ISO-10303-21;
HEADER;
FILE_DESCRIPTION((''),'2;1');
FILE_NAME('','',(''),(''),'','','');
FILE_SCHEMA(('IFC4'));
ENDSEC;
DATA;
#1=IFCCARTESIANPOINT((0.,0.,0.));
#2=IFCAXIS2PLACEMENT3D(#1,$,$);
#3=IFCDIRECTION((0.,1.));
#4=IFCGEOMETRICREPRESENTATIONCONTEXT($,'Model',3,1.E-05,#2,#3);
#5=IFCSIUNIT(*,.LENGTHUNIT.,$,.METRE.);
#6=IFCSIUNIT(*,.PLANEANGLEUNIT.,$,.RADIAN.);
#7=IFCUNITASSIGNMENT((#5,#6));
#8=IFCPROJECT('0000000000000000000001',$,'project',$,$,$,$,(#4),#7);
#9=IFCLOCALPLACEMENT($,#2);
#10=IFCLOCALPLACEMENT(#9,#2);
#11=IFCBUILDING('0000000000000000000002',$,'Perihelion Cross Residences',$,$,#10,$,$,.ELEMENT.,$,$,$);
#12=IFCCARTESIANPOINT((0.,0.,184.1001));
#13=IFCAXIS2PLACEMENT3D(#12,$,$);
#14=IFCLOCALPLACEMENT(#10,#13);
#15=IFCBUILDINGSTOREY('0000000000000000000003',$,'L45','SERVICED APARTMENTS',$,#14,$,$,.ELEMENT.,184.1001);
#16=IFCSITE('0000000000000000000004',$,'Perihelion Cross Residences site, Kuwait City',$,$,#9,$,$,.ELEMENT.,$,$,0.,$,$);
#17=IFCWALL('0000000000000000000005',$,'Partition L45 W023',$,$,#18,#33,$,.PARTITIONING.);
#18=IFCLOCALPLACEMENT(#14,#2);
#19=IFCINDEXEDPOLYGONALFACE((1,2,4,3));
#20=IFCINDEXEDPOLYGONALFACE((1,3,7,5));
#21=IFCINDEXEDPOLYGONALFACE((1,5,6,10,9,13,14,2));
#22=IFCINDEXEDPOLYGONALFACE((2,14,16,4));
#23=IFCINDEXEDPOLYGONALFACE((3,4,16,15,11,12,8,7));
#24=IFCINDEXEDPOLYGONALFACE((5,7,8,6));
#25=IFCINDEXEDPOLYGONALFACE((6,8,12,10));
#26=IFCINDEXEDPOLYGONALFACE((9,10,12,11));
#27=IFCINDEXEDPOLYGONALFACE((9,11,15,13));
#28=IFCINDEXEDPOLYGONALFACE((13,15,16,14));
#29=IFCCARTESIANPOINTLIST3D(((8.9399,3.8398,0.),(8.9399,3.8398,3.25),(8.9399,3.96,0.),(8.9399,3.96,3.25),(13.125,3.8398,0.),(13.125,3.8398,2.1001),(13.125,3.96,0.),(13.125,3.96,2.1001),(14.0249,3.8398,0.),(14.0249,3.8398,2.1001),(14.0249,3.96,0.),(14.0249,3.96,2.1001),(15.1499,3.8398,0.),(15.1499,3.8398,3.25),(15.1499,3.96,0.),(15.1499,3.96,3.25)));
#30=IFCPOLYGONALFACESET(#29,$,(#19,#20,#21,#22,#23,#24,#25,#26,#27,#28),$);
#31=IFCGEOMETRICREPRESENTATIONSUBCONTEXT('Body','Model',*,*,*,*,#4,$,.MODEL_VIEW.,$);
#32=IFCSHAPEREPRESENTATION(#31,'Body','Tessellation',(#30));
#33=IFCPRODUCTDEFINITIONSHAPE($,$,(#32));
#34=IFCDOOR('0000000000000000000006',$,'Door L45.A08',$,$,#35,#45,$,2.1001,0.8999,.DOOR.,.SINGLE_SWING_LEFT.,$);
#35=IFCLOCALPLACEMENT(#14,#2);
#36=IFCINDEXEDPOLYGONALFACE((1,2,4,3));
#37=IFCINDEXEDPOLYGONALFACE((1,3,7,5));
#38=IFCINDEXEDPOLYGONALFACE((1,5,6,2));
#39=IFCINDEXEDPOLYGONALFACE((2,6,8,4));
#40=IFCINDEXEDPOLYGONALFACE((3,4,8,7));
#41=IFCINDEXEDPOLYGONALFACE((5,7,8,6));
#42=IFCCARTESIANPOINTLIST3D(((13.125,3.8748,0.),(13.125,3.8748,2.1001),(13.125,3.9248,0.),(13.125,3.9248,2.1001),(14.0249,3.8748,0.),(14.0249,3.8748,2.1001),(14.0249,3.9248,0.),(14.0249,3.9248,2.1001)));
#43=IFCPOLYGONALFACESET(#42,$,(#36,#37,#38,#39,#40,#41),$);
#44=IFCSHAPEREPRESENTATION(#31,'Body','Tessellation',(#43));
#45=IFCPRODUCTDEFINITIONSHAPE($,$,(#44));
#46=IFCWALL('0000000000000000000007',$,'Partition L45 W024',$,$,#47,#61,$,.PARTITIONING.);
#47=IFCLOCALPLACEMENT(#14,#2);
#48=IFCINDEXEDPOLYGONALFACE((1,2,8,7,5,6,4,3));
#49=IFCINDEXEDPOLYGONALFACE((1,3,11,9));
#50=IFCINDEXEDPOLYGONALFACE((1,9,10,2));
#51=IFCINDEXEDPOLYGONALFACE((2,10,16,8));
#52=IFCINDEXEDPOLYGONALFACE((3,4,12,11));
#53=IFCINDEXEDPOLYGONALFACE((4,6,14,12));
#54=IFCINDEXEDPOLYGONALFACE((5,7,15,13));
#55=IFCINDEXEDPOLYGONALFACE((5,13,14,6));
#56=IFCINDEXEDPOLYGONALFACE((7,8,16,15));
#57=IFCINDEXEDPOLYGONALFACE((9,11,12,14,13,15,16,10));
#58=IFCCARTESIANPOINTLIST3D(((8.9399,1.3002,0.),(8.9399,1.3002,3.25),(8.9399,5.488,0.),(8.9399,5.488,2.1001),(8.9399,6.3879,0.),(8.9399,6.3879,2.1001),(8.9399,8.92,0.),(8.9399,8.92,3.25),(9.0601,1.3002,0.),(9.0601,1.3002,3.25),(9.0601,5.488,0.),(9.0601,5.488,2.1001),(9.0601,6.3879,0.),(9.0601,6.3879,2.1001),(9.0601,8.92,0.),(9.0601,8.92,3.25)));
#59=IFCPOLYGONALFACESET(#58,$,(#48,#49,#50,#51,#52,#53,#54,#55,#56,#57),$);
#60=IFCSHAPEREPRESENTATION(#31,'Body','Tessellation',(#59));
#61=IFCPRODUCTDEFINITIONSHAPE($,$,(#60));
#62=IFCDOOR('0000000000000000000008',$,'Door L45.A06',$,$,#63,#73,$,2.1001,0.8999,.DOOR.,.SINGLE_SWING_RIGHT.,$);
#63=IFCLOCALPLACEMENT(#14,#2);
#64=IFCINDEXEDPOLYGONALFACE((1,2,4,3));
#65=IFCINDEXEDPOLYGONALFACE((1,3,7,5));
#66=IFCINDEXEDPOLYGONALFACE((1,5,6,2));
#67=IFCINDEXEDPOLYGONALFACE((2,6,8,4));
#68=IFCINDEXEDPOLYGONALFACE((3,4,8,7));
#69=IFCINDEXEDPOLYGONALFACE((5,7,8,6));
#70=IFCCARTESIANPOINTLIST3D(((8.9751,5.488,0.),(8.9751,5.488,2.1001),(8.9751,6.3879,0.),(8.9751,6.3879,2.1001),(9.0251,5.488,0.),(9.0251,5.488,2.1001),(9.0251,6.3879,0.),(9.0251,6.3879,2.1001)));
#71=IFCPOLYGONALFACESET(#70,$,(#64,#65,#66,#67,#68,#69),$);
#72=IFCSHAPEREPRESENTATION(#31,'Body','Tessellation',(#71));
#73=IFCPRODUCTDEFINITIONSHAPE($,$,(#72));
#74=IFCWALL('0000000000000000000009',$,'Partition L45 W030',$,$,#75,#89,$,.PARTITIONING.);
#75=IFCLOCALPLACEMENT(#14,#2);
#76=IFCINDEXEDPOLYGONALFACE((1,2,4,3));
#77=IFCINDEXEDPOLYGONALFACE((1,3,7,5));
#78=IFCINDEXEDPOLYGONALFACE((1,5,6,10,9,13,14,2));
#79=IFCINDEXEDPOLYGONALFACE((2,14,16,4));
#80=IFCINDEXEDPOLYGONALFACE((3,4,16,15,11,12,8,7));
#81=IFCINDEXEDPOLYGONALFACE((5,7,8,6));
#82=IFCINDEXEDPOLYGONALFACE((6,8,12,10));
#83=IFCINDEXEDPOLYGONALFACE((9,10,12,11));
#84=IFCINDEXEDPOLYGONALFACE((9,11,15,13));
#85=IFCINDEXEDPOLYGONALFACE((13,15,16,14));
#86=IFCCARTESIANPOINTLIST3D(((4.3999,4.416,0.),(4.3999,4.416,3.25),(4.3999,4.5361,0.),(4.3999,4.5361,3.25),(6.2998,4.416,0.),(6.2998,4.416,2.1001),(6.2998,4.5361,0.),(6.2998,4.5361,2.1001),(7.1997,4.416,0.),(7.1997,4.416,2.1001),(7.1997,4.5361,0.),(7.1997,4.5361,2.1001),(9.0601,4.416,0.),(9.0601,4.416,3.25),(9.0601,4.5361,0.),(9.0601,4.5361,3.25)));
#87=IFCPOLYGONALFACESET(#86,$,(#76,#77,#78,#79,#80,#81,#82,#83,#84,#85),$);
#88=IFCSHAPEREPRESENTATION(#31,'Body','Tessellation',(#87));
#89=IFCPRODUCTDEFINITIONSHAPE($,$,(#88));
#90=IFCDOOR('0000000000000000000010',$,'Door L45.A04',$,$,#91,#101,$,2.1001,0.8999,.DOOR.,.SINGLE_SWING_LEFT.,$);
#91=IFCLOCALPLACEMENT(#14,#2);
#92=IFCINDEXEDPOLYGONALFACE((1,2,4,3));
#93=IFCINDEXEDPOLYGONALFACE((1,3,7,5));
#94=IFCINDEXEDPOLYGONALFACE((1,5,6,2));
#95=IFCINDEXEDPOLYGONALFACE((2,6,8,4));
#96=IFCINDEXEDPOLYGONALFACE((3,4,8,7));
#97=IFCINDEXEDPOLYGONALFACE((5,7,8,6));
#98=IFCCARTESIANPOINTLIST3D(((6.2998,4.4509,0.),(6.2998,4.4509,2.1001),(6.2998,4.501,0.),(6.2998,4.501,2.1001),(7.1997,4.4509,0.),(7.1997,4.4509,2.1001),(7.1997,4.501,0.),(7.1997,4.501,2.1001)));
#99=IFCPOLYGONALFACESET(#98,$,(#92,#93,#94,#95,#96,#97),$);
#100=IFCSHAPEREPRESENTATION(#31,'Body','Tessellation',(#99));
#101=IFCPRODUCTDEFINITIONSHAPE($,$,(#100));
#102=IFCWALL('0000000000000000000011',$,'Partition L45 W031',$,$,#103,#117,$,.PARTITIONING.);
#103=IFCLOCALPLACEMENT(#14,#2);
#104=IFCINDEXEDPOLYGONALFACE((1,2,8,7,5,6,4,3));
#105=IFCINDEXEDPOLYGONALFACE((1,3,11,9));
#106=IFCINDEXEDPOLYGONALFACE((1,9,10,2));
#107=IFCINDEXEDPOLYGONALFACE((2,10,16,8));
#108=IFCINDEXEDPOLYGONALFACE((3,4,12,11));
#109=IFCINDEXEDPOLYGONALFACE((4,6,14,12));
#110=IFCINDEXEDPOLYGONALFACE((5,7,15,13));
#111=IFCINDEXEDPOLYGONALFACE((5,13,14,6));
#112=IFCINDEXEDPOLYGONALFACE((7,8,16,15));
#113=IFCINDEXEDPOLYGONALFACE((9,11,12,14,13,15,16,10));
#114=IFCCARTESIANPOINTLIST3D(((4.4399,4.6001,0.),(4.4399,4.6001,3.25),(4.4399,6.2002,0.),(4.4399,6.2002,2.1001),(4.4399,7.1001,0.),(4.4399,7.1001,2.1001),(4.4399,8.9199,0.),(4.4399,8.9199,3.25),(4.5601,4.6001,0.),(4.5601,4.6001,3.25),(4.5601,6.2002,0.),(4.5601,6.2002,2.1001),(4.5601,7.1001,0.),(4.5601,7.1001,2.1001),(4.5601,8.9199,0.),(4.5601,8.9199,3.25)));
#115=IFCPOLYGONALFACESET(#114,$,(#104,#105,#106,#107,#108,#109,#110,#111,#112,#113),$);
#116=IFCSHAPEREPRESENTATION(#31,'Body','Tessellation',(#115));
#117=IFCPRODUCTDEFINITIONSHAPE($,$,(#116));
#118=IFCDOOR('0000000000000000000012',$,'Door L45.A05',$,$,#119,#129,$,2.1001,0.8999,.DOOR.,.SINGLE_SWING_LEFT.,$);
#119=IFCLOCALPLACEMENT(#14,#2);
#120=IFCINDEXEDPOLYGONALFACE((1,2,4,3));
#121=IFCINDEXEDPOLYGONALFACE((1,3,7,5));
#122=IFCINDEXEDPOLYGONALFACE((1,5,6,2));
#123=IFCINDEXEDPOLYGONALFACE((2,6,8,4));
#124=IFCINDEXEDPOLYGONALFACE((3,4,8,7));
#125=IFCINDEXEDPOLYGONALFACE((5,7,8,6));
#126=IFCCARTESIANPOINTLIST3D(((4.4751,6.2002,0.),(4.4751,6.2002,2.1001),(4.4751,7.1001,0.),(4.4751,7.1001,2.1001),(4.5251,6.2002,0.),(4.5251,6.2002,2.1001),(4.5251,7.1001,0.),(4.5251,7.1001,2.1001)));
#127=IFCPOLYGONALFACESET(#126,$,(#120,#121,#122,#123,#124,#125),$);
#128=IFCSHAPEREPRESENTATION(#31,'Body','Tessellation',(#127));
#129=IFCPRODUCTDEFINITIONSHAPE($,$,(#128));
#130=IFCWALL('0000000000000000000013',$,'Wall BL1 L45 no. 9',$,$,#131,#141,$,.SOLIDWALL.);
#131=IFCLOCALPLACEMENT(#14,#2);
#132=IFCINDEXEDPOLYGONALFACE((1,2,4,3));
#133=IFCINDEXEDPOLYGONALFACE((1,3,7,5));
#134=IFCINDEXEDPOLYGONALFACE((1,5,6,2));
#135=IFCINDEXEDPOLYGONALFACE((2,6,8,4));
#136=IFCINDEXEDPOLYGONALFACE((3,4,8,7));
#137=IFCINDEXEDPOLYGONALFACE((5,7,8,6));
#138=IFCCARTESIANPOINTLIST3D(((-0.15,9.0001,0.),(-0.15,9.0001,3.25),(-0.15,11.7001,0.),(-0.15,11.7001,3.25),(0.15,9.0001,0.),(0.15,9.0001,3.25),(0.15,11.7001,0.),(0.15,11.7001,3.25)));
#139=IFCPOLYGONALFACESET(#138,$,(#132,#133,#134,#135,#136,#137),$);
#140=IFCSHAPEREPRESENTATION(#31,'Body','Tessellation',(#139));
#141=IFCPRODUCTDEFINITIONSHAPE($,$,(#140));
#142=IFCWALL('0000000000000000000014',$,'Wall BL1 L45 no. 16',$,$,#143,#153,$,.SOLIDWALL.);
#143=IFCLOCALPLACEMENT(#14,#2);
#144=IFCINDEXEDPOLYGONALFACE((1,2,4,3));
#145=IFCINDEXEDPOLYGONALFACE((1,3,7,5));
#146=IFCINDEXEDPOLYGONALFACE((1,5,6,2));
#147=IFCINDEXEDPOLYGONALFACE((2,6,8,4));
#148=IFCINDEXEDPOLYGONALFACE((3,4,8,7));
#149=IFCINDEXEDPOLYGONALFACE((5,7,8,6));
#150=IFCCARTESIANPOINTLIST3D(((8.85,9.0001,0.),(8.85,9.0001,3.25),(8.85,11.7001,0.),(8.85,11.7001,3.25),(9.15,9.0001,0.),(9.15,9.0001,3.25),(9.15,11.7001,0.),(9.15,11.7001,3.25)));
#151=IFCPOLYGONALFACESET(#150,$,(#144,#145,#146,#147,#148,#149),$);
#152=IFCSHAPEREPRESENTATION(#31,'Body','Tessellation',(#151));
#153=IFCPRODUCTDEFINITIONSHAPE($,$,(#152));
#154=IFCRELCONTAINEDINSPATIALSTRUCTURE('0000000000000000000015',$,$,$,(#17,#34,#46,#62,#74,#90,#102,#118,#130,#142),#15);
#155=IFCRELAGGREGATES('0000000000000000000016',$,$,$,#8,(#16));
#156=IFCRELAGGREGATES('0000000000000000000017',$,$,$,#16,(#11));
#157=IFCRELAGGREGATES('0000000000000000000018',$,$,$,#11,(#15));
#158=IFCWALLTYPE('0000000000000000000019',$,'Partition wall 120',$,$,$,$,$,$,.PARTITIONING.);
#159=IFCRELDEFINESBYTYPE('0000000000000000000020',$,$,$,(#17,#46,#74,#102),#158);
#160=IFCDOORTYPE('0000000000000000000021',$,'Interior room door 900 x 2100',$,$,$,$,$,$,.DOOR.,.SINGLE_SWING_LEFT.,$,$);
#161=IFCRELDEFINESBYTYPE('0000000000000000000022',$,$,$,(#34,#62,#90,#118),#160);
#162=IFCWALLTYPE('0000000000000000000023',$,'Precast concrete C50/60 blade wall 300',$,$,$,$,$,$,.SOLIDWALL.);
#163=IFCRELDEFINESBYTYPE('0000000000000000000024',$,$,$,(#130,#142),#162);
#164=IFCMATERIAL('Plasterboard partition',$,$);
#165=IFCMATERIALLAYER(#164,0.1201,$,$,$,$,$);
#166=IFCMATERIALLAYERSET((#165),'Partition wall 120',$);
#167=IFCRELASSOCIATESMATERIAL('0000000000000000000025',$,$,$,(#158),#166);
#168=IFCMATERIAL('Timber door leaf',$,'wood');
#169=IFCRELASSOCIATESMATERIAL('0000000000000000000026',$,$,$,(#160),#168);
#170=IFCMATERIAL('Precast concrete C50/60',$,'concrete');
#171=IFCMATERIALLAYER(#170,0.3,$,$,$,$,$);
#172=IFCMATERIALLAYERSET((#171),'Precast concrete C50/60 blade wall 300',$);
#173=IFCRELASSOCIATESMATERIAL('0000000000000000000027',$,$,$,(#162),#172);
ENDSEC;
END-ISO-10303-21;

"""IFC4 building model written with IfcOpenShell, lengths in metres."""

from ifc_helpers import new_model, si_unit, direction, frame, frame_2d, origin, place, context, subcontext, project, spatial, rectangle, extrude, material, layer, layer_set, type_object, element, fill, save


model = new_model("IFC4")

# Units and contexts
model_context = context("Model", 3, precision=1e-05, world=origin(), true_north=direction((0.0, 1.0)))
body_context = subcontext(model_context, "Body", "Model", "MODEL_VIEW")
ifc_project = project(units=[si_unit("LENGTHUNIT", "METRE"), si_unit("PLANEANGLEUNIT", "RADIAN")], contexts=[model_context])

# Site, building, storey
site_placement = place(None, origin())
site = spatial("IfcSite", under=ifc_project, at=site_placement, Name="Perihelion Cross Residences site, Kuwait City", CompositionType="ELEMENT", RefElevation=0.0)
building_placement = place(site_placement, origin())
building = spatial("IfcBuilding", under=site, at=building_placement, Name="Perihelion Cross Residences", CompositionType="ELEMENT")
storey_placement = place(building_placement, frame((0.0, 0.0, 184.1001)))
storey = spatial("IfcBuildingStorey", under=building, at=storey_placement, Name="L45", Description="SERVICED APARTMENTS", CompositionType="ELEMENT", Elevation=184.1001)

# Walls, openings, doors
ifc_material_1 = material(Name="Plasterboard partition")
ifc_layer_1 = layer(ifc_material_1, 0.1201)
ifc_layer_set_1 = layer_set([ifc_layer_1], Name="Partition wall 120")
wall_type_1 = type_object("IfcWallType", Name="Partition wall 120", PredefinedType="PARTITIONING", material=ifc_layer_set_1)
wall_1_placement = place(storey_placement, frame((8.9399, 3.8999, 0.0), z_axis=(0.0, 0.0, 1.0), x_axis=(1.0, 0.0, 0.0)))
wall_1 = element("IfcWall", 1, at=wall_1_placement, inside=storey, type_object=wall_type_1, Name="Partition L45 W023", PredefinedType="PARTITIONING", context=body_context, shape_type="SweptSolid", body=[
    extrude(rectangle(XDim=6.21, YDim=0.1201, at=frame_2d((3.105, 0.0))), origin(), (0.0, 0.0, 1.0), 3.25),
])
opening_1_placement = place(wall_1_placement, frame((4.1851, 0.0, 0.0)))
opening_1 = element("IfcOpeningElement", 2, at=opening_1_placement, cuts=wall_1, PredefinedType="OPENING", context=body_context, shape_type="SweptSolid", body=[
    extrude(rectangle(XDim=0.8999, YDim=2.1001, at=frame_2d((0.45, 1.05))), frame((0.0, 0.0701, 0.0), z_axis=(0.0, -1.0, 0.0), x_axis=(1.0, 0.0, 0.0)), (0.0, 0.0, 1.0), 0.1401),
])
ifc_material_2 = material(Name="Timber door leaf", Category="wood")
door_type_1 = type_object("IfcDoorType", Name="Interior room door 900 x 2100", OperationType="SINGLE_SWING_LEFT", PredefinedType="DOOR", material=ifc_material_2)
door_1_placement = place(opening_1_placement, origin())
door_1 = element("IfcDoor", 3, at=door_1_placement, inside=storey, type_object=door_type_1, Name="Door L45.A08", OperationType="SINGLE_SWING_LEFT", OverallHeight=2.1001, OverallWidth=0.8999, PredefinedType="DOOR", context=body_context, shape_type="SweptSolid", body=[
    extrude(rectangle(XDim=0.8999, YDim=2.1001, at=frame_2d((0.45, 1.05))), frame((0.0, 0.0249, 0.0), z_axis=(0.0, -1.0, 0.0), x_axis=(1.0, 0.0, 0.0)), (0.0, 0.0, 1.0), 0.05),
])
fill(opening_1, door_1)
wall_2_placement = place(storey_placement, frame((9.0, 1.3, 0.0), z_axis=(0.0, 0.0, 1.0), x_axis=(0.0, 1.0, 0.0)))
wall_2 = element("IfcWall", 4, at=wall_2_placement, inside=storey, type_object=wall_type_1, Name="Partition L45 W024", PredefinedType="PARTITIONING", context=body_context, shape_type="SweptSolid", body=[
    extrude(rectangle(XDim=7.6199, YDim=0.1201, at=frame_2d((3.8101, 0.0))), origin(), (0.0, 0.0, 1.0), 3.25),
])
opening_2_placement = place(wall_2_placement, frame((4.188, 0.0, 0.0)))
opening_2 = element("IfcOpeningElement", 5, at=opening_2_placement, cuts=wall_2, PredefinedType="OPENING", context=body_context, shape_type="SweptSolid", body=[
    extrude(rectangle(XDim=0.8999, YDim=2.1001, at=frame_2d((0.45, 1.05))), frame((0.0, 0.0701, 0.0), z_axis=(0.0, -1.0, 0.0), x_axis=(1.0, 0.0, 0.0)), (0.0, 0.0, 1.0), 0.1401),
])
door_2_placement = place(opening_2_placement, origin())
door_2 = element("IfcDoor", 6, at=door_2_placement, inside=storey, type_object=door_type_1, Name="Door L45.A06", OperationType="SINGLE_SWING_RIGHT", OverallHeight=2.1001, OverallWidth=0.8999, PredefinedType="DOOR", context=body_context, shape_type="SweptSolid", body=[
    extrude(rectangle(XDim=0.8999, YDim=2.1001, at=frame_2d((0.45, 1.05))), frame((0.0, 0.0249, 0.0), z_axis=(0.0, -1.0, 0.0), x_axis=(1.0, 0.0, 0.0)), (0.0, 0.0, 1.0), 0.05),
])
fill(opening_2, door_2)
wall_3_placement = place(storey_placement, frame((4.3999, 4.4761, 0.0), z_axis=(0.0, 0.0, 1.0), x_axis=(1.0, 0.0, 0.0)))
wall_3 = element("IfcWall", 7, at=wall_3_placement, inside=storey, type_object=wall_type_1, Name="Partition L45 W030", PredefinedType="PARTITIONING", context=body_context, shape_type="SweptSolid", body=[
    extrude(rectangle(XDim=4.6602, YDim=0.1201, at=frame_2d((2.3301, 0.0))), origin(), (0.0, 0.0, 1.0), 3.25),
])
opening_3_placement = place(wall_3_placement, frame((1.8999, 0.0, 0.0)))
opening_3 = element("IfcOpeningElement", 8, at=opening_3_placement, cuts=wall_3, PredefinedType="OPENING", context=body_context, shape_type="SweptSolid", body=[
    extrude(rectangle(XDim=0.8999, YDim=2.1001, at=frame_2d((0.45, 1.05))), frame((0.0, 0.0701, 0.0), z_axis=(0.0, -1.0, 0.0), x_axis=(1.0, 0.0, 0.0)), (0.0, 0.0, 1.0), 0.1401),
])
door_3_placement = place(opening_3_placement, origin())
door_3 = element("IfcDoor", 9, at=door_3_placement, inside=storey, type_object=door_type_1, Name="Door L45.A04", OperationType="SINGLE_SWING_LEFT", OverallHeight=2.1001, OverallWidth=0.8999, PredefinedType="DOOR", context=body_context, shape_type="SweptSolid", body=[
    extrude(rectangle(XDim=0.8999, YDim=2.1001, at=frame_2d((0.45, 1.05))), frame((0.0, 0.0249, 0.0), z_axis=(0.0, -1.0, 0.0), x_axis=(1.0, 0.0, 0.0)), (0.0, 0.0, 1.0), 0.05),
])
fill(opening_3, door_3)
wall_4_placement = place(storey_placement, frame((4.5, 4.6001, 0.0), z_axis=(0.0, 0.0, 1.0), x_axis=(0.0, 1.0, 0.0)))
wall_4 = element("IfcWall", 10, at=wall_4_placement, inside=storey, type_object=wall_type_1, Name="Partition L45 W031", PredefinedType="PARTITIONING", context=body_context, shape_type="SweptSolid", body=[
    extrude(rectangle(XDim=4.3198, YDim=0.1201, at=frame_2d((2.1599, 0.0))), origin(), (0.0, 0.0, 1.0), 3.25),
])
opening_4_placement = place(wall_4_placement, frame((1.6001, 0.0, 0.0)))
opening_4 = element("IfcOpeningElement", 11, at=opening_4_placement, cuts=wall_4, PredefinedType="OPENING", context=body_context, shape_type="SweptSolid", body=[
    extrude(rectangle(XDim=0.8999, YDim=2.1001, at=frame_2d((0.45, 1.05))), frame((0.0, 0.0701, 0.0), z_axis=(0.0, -1.0, 0.0), x_axis=(1.0, 0.0, 0.0)), (0.0, 0.0, 1.0), 0.1401),
])
door_4_placement = place(opening_4_placement, origin())
door_4 = element("IfcDoor", 12, at=door_4_placement, inside=storey, type_object=door_type_1, Name="Door L45.A05", OperationType="SINGLE_SWING_LEFT", OverallHeight=2.1001, OverallWidth=0.8999, PredefinedType="DOOR", context=body_context, shape_type="SweptSolid", body=[
    extrude(rectangle(XDim=0.8999, YDim=2.1001, at=frame_2d((0.45, 1.05))), frame((0.0, 0.0249, 0.0), z_axis=(0.0, -1.0, 0.0), x_axis=(1.0, 0.0, 0.0)), (0.0, 0.0, 1.0), 0.05),
])
fill(opening_4, door_4)

# Walls
ifc_material_3 = material(Name="Precast concrete C50/60", Category="concrete")
ifc_layer_2 = layer(ifc_material_3, 0.3)
ifc_layer_set_2 = layer_set([ifc_layer_2], Name="Precast concrete C50/60 blade wall 300")
wall_type_2 = type_object("IfcWallType", Name="Precast concrete C50/60 blade wall 300", PredefinedType="SOLIDWALL", material=ifc_layer_set_2)
for number, where, z_axis, x_axis, name in (
    (13, (0.0, 9.0, 0.0), (0.0, 0.0, 1.0), (0.0, 1.0, 0.0), "Wall BL1 L45 no. 9"),
    (14, (9.0, 9.0, 0.0), (0.0, 0.0, 1.0), (0.0, 1.0, 0.0), "Wall BL1 L45 no. 16"),
):
    element("IfcWall", number, at=place(storey_placement, frame(where, z_axis=z_axis, x_axis=x_axis)), inside=storey, type_object=wall_type_2, Name=name, PredefinedType="SOLIDWALL", context=body_context, shape_type="SweptSolid", body=[
        extrude(rectangle(XDim=2.7, YDim=0.3, at=frame_2d((1.3501, 0.0))), origin(), (0.0, 0.0, 1.0), 3.25),
    ])

save(model, "model.ifc")
